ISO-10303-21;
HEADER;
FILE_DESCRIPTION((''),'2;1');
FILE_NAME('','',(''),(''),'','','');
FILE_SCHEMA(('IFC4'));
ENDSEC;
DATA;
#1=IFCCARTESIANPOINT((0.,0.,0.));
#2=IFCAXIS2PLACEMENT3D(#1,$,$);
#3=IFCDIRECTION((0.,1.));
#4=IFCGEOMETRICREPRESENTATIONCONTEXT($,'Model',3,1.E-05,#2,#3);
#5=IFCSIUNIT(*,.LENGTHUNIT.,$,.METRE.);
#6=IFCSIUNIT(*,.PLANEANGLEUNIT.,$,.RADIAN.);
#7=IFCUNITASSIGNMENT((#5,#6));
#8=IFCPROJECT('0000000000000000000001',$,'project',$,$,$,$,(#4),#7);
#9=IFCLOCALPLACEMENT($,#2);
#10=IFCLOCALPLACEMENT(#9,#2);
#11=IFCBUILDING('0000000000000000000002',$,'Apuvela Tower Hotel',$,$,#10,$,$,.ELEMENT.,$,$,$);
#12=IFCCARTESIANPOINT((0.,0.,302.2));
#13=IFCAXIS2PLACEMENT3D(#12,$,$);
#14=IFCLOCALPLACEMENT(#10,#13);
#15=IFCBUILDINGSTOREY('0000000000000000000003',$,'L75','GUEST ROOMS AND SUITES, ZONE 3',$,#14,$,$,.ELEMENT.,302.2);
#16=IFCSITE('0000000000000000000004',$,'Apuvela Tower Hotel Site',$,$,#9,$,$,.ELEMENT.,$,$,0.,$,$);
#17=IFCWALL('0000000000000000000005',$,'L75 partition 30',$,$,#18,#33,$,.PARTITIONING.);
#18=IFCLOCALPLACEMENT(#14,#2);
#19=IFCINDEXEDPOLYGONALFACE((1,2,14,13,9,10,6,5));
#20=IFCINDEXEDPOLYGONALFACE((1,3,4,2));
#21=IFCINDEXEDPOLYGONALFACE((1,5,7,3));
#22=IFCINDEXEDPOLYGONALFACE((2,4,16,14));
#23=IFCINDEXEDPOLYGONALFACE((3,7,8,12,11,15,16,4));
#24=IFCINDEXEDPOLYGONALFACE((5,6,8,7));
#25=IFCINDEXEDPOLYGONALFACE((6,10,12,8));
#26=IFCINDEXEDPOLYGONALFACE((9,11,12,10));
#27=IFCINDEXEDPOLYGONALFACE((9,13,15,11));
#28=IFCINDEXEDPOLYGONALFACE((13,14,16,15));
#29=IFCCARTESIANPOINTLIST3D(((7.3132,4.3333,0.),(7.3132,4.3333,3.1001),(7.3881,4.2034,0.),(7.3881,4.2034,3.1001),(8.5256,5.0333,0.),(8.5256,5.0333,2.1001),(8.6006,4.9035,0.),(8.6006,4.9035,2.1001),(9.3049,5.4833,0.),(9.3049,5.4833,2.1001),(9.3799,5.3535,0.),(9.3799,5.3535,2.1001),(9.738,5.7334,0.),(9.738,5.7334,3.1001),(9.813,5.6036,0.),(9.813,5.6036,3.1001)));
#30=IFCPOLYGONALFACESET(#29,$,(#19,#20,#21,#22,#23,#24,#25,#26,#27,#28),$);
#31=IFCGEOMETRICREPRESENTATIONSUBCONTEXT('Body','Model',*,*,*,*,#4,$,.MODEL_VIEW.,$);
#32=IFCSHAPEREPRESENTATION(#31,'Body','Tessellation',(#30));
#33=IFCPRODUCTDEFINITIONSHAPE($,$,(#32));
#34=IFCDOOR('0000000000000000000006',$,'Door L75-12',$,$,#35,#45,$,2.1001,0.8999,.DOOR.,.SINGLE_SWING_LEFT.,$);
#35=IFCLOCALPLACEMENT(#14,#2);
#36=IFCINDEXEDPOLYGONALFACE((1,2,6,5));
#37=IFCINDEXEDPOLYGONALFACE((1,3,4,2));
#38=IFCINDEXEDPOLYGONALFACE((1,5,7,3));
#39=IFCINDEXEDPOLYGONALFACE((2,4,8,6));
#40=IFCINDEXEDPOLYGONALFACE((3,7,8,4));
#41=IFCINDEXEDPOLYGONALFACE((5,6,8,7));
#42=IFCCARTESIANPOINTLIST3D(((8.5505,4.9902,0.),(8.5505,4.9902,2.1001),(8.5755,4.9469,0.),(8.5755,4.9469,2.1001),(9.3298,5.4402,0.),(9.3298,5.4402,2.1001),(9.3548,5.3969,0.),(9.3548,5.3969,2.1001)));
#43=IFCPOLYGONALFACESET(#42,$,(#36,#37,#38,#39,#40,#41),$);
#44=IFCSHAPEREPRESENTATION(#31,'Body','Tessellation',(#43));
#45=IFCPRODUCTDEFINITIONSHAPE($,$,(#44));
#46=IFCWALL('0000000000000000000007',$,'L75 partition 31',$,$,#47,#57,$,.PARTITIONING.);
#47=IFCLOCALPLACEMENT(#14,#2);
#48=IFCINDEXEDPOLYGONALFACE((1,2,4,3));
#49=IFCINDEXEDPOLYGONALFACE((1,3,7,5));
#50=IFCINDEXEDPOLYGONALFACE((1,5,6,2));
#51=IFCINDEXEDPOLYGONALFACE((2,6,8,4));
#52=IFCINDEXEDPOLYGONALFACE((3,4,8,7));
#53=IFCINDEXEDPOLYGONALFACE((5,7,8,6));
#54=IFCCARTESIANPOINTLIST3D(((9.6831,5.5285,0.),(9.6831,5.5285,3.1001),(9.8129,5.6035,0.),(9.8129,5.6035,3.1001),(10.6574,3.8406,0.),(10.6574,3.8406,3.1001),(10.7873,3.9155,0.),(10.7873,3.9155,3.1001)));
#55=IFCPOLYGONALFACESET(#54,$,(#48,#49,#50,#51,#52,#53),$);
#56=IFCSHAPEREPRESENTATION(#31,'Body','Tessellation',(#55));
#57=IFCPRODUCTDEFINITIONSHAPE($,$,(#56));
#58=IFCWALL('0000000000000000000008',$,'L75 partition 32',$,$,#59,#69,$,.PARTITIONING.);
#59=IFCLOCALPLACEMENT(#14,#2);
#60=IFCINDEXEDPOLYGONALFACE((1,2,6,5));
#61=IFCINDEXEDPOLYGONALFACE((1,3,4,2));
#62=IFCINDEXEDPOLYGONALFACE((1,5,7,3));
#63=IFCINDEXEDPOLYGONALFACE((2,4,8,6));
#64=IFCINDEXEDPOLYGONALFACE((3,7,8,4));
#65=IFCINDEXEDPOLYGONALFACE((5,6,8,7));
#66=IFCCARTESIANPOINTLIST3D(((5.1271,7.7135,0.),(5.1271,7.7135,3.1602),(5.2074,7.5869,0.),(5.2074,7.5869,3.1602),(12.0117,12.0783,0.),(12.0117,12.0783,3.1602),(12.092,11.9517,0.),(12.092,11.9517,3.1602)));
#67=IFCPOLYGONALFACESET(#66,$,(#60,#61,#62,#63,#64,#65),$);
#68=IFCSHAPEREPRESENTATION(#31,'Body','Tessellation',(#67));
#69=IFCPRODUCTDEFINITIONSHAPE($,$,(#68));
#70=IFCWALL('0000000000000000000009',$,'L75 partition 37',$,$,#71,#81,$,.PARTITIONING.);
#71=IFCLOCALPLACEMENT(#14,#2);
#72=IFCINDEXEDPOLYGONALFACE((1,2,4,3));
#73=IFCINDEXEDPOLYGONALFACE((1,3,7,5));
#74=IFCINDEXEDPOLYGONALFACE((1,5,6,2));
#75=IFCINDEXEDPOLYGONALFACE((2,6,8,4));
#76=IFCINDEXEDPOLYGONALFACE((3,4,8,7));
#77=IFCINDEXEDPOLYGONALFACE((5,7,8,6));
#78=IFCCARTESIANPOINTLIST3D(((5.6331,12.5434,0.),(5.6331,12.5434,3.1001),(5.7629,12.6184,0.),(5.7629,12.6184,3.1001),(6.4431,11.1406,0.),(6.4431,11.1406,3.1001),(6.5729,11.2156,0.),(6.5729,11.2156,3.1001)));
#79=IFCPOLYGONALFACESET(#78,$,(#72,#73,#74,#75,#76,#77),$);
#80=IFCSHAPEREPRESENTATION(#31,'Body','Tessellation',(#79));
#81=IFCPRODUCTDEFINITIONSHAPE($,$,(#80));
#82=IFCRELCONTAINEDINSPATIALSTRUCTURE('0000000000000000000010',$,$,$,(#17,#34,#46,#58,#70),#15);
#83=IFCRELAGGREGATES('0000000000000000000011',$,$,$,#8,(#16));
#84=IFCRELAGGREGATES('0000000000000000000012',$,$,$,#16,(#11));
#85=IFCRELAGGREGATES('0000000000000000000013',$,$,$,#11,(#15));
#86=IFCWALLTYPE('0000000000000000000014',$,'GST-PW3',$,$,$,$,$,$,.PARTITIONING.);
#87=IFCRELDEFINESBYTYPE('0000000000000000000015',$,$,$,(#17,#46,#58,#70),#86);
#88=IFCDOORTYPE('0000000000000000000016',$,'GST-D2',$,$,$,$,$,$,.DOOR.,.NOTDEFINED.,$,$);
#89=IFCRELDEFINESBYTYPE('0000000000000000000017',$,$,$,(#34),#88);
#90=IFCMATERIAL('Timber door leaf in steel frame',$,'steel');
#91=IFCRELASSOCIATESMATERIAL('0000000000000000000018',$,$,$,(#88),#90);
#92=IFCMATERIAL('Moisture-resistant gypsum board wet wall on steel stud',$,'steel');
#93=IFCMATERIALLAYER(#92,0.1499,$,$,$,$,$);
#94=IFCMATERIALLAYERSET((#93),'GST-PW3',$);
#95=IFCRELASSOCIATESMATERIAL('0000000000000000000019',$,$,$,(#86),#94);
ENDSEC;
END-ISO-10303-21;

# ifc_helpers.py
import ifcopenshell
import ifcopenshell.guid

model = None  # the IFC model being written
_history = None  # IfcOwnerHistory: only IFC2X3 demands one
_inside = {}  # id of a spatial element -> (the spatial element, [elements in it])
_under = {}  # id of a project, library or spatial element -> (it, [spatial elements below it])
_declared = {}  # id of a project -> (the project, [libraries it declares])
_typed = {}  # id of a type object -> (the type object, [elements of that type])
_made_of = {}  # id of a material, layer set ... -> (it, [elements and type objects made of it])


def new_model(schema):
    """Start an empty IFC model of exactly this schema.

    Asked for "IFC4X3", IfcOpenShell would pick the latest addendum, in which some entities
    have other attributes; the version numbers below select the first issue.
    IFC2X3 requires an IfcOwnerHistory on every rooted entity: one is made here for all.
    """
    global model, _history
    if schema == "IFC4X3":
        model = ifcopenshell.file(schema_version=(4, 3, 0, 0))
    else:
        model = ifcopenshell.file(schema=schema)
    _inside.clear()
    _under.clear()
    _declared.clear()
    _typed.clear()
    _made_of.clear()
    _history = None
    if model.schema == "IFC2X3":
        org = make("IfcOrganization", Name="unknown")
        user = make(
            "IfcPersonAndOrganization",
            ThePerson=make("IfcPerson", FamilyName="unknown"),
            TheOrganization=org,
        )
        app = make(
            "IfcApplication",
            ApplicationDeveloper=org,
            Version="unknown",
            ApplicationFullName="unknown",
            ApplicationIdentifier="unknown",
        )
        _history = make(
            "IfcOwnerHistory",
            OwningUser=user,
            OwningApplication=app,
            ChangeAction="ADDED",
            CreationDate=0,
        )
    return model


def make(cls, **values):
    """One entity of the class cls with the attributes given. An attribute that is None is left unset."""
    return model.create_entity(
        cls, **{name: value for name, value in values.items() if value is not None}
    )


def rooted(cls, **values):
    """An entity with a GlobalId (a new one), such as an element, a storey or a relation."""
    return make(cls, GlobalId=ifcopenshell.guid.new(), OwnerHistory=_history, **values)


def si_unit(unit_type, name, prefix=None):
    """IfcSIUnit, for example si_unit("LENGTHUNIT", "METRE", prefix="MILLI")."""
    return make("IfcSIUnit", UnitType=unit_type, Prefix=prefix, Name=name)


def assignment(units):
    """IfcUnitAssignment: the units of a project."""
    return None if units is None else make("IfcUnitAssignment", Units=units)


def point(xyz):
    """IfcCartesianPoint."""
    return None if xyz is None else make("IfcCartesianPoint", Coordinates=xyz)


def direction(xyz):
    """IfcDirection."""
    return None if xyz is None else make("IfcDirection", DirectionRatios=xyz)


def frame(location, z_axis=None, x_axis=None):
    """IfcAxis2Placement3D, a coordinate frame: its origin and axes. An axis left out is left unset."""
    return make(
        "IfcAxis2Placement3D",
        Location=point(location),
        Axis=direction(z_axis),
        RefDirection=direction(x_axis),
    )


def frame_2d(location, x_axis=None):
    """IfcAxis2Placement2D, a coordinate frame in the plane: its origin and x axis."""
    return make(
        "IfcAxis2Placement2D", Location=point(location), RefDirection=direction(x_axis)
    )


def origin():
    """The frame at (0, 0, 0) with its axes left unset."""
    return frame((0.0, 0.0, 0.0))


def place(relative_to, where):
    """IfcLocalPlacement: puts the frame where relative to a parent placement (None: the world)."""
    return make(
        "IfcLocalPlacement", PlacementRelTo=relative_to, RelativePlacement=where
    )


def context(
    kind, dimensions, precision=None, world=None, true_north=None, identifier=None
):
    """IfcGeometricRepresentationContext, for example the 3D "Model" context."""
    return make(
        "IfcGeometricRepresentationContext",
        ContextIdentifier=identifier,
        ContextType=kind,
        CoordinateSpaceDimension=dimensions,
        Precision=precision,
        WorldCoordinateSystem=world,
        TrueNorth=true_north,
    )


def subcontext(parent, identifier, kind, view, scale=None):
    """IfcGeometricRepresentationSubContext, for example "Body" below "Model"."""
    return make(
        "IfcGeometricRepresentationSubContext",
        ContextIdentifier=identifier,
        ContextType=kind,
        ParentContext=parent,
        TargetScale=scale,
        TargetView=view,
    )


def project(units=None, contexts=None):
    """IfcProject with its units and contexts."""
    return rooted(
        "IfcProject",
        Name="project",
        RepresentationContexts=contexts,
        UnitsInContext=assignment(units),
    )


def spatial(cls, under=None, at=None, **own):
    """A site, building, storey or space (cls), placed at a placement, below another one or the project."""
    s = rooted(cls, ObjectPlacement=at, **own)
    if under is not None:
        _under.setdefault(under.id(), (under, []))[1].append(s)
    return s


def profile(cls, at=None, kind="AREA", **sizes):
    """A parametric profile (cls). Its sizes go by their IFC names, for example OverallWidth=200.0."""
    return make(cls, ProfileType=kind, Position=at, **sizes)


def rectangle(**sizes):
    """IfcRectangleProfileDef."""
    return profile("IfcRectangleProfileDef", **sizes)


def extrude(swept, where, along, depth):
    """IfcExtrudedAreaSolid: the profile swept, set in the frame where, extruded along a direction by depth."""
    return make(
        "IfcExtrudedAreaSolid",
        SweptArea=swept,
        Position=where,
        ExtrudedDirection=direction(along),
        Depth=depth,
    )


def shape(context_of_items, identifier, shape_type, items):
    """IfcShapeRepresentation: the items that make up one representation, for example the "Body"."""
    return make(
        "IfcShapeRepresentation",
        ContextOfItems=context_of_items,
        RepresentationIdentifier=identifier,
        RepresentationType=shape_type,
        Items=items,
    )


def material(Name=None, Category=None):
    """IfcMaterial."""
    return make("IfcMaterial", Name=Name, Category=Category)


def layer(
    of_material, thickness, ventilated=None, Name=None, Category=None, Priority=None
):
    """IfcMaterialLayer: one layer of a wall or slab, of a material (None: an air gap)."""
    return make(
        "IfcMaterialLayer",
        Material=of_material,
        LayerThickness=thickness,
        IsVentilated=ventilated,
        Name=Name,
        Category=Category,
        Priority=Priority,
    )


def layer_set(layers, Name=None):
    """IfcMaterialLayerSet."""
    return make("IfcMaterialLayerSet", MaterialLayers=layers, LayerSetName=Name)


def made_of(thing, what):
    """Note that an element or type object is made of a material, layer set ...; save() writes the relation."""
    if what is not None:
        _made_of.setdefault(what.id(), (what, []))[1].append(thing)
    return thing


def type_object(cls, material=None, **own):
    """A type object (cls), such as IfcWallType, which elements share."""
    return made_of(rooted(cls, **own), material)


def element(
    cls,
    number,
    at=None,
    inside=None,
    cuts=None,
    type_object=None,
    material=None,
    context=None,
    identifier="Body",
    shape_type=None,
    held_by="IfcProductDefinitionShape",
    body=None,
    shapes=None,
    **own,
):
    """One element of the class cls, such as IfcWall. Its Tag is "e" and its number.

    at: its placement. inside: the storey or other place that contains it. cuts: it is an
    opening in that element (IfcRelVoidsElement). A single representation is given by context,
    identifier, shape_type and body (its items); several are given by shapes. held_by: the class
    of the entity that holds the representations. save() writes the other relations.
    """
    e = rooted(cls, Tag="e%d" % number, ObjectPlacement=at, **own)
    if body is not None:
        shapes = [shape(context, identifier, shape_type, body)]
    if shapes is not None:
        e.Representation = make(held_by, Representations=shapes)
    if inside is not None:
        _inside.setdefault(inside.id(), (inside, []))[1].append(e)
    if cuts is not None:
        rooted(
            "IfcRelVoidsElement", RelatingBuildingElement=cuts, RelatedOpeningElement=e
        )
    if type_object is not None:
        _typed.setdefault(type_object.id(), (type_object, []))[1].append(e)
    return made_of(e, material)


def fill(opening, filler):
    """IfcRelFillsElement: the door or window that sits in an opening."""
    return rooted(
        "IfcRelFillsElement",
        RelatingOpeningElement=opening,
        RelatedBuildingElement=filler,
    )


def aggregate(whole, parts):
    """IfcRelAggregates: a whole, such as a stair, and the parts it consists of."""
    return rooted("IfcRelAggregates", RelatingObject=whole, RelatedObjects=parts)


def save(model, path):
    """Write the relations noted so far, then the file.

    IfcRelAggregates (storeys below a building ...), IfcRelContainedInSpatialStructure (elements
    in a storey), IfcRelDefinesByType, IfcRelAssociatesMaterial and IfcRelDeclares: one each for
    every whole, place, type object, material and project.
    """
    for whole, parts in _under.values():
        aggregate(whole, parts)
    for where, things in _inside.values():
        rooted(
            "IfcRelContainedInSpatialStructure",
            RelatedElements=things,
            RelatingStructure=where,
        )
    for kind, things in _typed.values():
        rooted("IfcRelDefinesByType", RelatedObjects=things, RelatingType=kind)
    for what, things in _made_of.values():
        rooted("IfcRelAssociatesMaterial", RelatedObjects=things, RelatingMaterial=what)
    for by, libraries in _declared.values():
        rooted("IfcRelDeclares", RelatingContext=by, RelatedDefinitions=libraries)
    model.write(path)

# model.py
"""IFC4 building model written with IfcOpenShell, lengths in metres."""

from ifc_helpers import new_model, si_unit, direction, frame, frame_2d, origin, place, context, subcontext, project, spatial, rectangle, extrude, material, layer, layer_set, type_object, element, fill, save


model = new_model("IFC4")

# Units and contexts
model_context = context("Model", 3, precision=1e-05, world=origin(), true_north=direction((0.0, 1.0)))
body_context = subcontext(model_context, "Body", "Model", "MODEL_VIEW")
ifc_project = project(units=[si_unit("LENGTHUNIT", "METRE"), si_unit("PLANEANGLEUNIT", "RADIAN")], contexts=[model_context])

# Site, building, storey
site_placement = place(None, origin())
site = spatial("IfcSite", under=ifc_project, at=site_placement, Name="Apuvela Tower Hotel Site", CompositionType="ELEMENT", RefElevation=0.0)
building_placement = place(site_placement, origin())
building = spatial("IfcBuilding", under=site, at=building_placement, Name="Apuvela Tower Hotel", CompositionType="ELEMENT")
storey_placement = place(building_placement, frame((0.0, 0.0, 302.2)))
storey = spatial("IfcBuildingStorey", under=building, at=storey_placement, Name="L75", Description="GUEST ROOMS AND SUITES, ZONE 3", CompositionType="ELEMENT", Elevation=302.2)

# Shared definitions
ifc_material_1 = material(Name="Timber door leaf in steel frame", Category="steel")
door_type_1 = type_object("IfcDoorType", Name="GST-D2", OperationType="NOTDEFINED", PredefinedType="DOOR", material=ifc_material_1)
ifc_material_2 = material(Name="Moisture-resistant gypsum board wet wall on steel stud", Category="steel")
ifc_layer_1 = layer(ifc_material_2, 0.1499)
ifc_layer_set_1 = layer_set([ifc_layer_1], Name="GST-PW3")
wall_type_1 = type_object("IfcWallType", Name="GST-PW3", PredefinedType="PARTITIONING", material=ifc_layer_set_1)

# Wall, opening, door
wall_1_placement = place(storey_placement, frame((9.7754, 5.6685, 0.0), z_axis=(0.0, 0.0, 1.0), x_axis=(-0.865997, -0.50005, 0.0)))
wall_1 = element("IfcWall", 1, at=wall_1_placement, inside=storey, type_object=wall_type_1, Name="L75 partition 30", PredefinedType="PARTITIONING", context=body_context, shape_type="SweptSolid", body=[
    extrude(rectangle(XDim=2.8, YDim=0.1499, at=frame_2d((1.3999, 0.0))), origin(), (0.0, 0.0, 1.0), 3.1001),
])
opening_1_placement = place(wall_1_placement, frame((0.5, 0.0, 0.0)))
opening_1 = element("IfcOpeningElement", 2, at=opening_1_placement, cuts=wall_1, PredefinedType="OPENING", context=body_context, shape_type="SweptSolid", body=[
    extrude(rectangle(XDim=0.8999, YDim=2.1001, at=frame_2d((0.45, 1.05))), frame((0.0, 0.085, 0.0), z_axis=(0.0, -1.0, 0.0), x_axis=(1.0, 0.0, 0.0)), (0.0, 0.0, 1.0), 0.1699),
])
door_1_placement = place(opening_1_placement, origin())
door_1 = element("IfcDoor", 3, at=door_1_placement, inside=storey, type_object=door_type_1, Name="Door L75-12", OperationType="SINGLE_SWING_LEFT", OverallHeight=2.1001, OverallWidth=0.8999, PredefinedType="DOOR", context=body_context, shape_type="SweptSolid", body=[
    extrude(rectangle(XDim=0.8999, YDim=2.1001, at=frame_2d((0.45, 1.05))), frame((0.0, 0.0249, 0.0), z_axis=(0.0, -1.0, 0.0), x_axis=(1.0, 0.0, 0.0)), (0.0, 0.0, 1.0), 0.05),
])
fill(opening_1, door_1)

# Walls
wall_2_placement = place(storey_placement, frame((10.7224, 3.8779, 0.0), z_axis=(0.0, 0.0, 1.0), x_axis=(-0.499925, 0.866069, 0.0)))
element("IfcWall", 4, at=wall_2_placement, inside=storey, type_object=wall_type_1, Name="L75 partition 31", PredefinedType="PARTITIONING", context=body_context, shape_type="SweptSolid", body=[
    extrude(rectangle(XDim=1.949, YDim=0.1499, at=frame_2d((0.9746, 0.0))), origin(), (0.0, 0.0, 1.0), 3.1001),
])
wall_3_placement = place(storey_placement, frame((12.0518, 12.0149, 0.0), z_axis=(0.0, 0.0, 1.0), x_axis=(-0.844567, -0.53545, 0.0)))
element("IfcWall", 5, at=wall_3_placement, inside=storey, type_object=wall_type_1, Name="L75 partition 32", PredefinedType="PARTITIONING", context=body_context, shape_type="SweptSolid", body=[
    extrude(rectangle(XDim=8.1516, YDim=0.1499, at=frame_2d((4.0757, 0.0))), origin(), (0.0, 0.0, 1.0), 3.1602),
])
wall_4_placement = place(storey_placement, frame((6.5081, 11.178, 0.0), z_axis=(0.0, 0.0, 1.0), x_axis=(-0.500062, 0.86599, 0.0)))
element("IfcWall", 6, at=wall_4_placement, inside=storey, type_object=wall_type_1, Name="L75 partition 37", PredefinedType="PARTITIONING", context=body_context, shape_type="SweptSolid", body=[
    extrude(rectangle(XDim=1.6199, YDim=0.1499, at=frame_2d((0.8101, 0.0))), origin(), (0.0, 0.0, 1.0), 3.1001),
])

save(model, "model.ifc")
